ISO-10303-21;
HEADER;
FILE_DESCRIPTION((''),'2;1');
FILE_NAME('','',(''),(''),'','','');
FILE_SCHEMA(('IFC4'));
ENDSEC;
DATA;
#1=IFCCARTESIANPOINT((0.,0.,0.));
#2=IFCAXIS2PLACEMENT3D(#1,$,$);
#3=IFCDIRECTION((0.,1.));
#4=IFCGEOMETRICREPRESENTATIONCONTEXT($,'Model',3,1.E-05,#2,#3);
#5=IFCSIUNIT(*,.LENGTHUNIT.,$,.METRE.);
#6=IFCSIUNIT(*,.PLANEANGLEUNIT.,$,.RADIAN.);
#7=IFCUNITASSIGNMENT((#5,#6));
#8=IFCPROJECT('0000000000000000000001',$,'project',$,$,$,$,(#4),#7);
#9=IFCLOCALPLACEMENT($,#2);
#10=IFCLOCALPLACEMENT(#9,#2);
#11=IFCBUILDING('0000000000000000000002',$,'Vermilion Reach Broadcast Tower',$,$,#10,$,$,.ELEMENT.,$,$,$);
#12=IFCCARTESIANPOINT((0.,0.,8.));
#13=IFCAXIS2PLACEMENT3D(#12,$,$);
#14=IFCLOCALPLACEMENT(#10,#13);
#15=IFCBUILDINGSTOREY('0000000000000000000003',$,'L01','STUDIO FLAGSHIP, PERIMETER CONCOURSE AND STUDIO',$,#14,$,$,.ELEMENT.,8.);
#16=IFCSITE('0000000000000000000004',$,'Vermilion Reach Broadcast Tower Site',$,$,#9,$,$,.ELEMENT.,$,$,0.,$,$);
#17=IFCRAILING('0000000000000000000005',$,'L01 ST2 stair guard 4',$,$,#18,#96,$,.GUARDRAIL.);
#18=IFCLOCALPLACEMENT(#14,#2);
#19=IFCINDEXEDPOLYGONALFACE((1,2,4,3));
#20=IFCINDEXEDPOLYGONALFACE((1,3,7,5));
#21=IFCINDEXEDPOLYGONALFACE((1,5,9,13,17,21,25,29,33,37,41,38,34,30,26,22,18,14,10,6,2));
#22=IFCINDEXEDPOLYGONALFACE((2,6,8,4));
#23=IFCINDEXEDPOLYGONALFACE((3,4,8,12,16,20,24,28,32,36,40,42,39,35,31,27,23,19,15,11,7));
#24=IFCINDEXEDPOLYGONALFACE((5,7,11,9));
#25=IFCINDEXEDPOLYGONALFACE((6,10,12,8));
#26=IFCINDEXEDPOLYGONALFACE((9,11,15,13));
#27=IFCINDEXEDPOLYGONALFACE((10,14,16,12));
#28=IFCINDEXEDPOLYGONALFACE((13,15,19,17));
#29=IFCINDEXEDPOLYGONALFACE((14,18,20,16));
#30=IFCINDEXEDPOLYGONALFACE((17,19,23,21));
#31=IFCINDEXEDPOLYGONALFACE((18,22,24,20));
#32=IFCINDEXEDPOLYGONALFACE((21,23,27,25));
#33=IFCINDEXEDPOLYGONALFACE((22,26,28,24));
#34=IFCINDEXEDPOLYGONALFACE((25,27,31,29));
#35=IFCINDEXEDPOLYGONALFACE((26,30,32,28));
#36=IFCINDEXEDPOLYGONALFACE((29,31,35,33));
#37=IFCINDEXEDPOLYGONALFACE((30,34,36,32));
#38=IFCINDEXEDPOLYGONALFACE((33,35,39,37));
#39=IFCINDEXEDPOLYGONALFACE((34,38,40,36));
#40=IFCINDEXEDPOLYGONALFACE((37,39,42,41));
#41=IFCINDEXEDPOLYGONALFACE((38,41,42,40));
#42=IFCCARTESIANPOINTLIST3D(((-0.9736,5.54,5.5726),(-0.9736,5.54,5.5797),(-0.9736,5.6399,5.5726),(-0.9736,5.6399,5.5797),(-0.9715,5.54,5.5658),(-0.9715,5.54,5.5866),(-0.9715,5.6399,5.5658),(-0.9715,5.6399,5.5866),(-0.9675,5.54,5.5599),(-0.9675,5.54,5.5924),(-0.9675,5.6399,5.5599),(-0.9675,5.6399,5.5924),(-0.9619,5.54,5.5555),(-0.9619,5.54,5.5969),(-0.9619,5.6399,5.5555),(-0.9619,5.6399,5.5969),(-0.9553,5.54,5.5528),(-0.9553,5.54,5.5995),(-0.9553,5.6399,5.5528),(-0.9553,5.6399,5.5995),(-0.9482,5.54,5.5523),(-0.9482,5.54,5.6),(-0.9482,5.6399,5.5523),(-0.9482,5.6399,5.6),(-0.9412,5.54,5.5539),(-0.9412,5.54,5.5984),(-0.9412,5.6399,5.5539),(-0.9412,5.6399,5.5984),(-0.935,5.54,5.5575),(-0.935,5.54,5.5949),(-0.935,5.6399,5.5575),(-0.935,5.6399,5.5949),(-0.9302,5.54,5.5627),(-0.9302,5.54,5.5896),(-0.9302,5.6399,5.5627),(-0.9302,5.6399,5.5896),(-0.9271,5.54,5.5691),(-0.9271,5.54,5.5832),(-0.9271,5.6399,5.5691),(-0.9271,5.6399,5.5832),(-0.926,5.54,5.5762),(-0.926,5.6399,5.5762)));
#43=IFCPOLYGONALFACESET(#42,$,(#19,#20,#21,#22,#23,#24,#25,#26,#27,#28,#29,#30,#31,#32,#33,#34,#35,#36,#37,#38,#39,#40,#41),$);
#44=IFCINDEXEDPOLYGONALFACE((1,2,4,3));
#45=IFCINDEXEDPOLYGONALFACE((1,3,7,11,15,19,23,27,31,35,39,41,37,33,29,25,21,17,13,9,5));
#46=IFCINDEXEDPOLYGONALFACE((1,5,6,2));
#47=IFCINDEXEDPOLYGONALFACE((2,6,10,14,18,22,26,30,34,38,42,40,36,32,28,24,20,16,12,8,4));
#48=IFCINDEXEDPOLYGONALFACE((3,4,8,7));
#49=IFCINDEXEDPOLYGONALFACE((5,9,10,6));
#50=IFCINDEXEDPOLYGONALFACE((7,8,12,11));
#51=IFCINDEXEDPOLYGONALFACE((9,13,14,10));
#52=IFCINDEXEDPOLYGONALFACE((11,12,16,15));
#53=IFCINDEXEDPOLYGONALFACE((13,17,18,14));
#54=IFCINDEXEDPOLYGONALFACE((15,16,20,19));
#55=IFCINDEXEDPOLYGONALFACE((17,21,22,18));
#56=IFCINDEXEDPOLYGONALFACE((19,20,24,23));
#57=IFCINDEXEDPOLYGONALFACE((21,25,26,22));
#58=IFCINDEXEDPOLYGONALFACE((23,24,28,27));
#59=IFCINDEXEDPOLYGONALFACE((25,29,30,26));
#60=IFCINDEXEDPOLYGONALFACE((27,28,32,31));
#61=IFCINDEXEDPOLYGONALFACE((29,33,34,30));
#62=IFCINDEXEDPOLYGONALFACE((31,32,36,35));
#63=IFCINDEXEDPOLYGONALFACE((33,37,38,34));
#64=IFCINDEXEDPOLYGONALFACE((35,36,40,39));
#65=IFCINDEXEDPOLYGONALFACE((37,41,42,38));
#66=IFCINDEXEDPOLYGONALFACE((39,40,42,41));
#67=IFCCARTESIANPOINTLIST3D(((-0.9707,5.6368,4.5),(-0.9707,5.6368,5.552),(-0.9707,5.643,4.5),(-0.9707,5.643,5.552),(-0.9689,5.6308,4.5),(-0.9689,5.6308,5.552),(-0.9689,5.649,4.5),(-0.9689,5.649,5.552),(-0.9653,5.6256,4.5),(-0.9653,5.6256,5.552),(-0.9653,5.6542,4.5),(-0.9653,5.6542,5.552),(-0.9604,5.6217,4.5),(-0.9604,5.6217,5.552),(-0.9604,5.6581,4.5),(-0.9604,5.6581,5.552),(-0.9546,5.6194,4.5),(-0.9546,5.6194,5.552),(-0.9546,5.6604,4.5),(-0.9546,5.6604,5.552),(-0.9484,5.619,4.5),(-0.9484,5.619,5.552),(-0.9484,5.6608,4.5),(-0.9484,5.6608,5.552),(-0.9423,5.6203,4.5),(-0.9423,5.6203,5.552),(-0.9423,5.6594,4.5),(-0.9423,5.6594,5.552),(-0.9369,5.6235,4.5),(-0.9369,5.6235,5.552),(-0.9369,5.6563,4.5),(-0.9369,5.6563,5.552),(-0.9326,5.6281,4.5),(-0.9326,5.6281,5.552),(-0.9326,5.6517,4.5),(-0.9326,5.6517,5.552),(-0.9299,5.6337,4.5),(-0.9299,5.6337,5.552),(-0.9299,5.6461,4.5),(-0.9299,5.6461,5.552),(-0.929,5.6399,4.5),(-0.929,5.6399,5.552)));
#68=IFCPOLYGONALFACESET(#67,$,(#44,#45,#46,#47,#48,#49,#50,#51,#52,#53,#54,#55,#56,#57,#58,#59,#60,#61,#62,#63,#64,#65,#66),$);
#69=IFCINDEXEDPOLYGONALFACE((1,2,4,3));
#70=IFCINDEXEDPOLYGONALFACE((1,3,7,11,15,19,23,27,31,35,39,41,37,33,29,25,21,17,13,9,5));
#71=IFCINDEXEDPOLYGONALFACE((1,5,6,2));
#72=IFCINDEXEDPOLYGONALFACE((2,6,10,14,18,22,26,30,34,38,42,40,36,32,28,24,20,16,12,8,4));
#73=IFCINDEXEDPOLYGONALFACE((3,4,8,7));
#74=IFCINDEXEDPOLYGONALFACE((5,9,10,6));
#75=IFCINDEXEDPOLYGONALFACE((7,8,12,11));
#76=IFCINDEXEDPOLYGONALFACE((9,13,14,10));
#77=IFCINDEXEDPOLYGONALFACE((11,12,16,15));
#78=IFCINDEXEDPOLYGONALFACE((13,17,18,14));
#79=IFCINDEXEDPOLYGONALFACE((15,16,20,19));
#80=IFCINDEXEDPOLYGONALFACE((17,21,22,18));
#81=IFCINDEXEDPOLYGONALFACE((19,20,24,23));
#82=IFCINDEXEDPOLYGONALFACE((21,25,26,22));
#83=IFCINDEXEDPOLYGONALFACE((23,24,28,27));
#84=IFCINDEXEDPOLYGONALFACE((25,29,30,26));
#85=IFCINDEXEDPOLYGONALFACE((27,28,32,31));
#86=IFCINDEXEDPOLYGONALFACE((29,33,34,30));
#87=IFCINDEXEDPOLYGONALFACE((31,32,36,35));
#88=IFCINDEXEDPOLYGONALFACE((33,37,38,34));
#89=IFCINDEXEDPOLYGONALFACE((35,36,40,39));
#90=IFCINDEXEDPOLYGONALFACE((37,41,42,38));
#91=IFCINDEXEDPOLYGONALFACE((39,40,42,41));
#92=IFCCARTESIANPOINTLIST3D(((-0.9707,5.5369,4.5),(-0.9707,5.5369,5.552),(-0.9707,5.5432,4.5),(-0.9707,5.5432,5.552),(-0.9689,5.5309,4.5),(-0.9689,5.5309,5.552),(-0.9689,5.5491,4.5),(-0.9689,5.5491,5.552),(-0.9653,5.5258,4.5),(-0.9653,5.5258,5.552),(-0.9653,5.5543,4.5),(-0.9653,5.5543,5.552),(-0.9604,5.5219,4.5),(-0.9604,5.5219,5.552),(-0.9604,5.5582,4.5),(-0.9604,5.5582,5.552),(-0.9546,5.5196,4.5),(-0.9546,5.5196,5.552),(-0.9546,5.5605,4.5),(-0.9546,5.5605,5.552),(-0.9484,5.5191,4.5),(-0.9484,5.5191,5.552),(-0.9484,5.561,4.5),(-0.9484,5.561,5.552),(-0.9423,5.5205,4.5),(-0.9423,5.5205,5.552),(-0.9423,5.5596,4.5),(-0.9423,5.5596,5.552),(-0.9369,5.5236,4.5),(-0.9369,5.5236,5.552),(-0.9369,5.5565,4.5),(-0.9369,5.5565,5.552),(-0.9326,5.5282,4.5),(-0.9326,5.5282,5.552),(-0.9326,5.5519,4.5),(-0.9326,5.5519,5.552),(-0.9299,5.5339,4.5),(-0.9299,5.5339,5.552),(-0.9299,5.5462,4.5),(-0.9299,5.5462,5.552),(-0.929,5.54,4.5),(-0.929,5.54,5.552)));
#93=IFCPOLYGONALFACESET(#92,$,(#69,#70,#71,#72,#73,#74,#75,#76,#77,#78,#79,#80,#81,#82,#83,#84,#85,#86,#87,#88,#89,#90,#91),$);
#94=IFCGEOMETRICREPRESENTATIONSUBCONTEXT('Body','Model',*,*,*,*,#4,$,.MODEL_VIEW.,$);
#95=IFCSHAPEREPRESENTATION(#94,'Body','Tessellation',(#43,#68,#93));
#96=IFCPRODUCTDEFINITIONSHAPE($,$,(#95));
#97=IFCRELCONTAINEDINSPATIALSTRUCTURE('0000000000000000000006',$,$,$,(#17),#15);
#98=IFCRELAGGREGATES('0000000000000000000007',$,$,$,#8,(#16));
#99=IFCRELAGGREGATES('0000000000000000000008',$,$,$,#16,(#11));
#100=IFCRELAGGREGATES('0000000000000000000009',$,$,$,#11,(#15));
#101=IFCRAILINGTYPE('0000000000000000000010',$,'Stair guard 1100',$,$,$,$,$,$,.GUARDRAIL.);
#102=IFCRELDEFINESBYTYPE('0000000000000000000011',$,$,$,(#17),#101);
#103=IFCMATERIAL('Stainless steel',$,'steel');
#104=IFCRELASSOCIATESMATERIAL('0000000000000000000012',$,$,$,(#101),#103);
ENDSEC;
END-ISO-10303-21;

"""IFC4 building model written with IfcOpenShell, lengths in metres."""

from ifc_helpers import new_model, si_unit, direction, frame, origin, origin_2d, place, context, subcontext, project, spatial, circle, extrude, material, type_object, element, save


model = new_model("IFC4")

# Units and contexts
model_context = context("Model", 3, precision=1e-05, world=origin(), true_north=direction((0.0, 1.0)))
body_context = subcontext(model_context, "Body", "Model", "MODEL_VIEW")
ifc_project = project(units=[si_unit("LENGTHUNIT", "METRE"), si_unit("PLANEANGLEUNIT", "RADIAN")], contexts=[model_context])

# Site, building, storey
site_placement = place(None, origin())
site = spatial("IfcSite", under=ifc_project, at=site_placement, Name="Vermilion Reach Broadcast Tower Site", CompositionType="ELEMENT", RefElevation=0.0)
building_placement = place(site_placement, origin())
building = spatial("IfcBuilding", under=site, at=building_placement, Name="Vermilion Reach Broadcast Tower", CompositionType="ELEMENT")
storey_placement = place(building_placement, frame((0.0, 0.0, 8.0)))
storey = spatial("IfcBuildingStorey", under=building, at=storey_placement, Name="L01", Description="STUDIO FLAGSHIP, PERIMETER CONCOURSE AND STUDIO", CompositionType="ELEMENT", Elevation=8.0)

# Railing
ifc_material_1 = material(Name="Stainless steel", Category="steel")
railing_type_1 = type_object("IfcRailingType", Name="Stair guard 1100", PredefinedType="GUARDRAIL", material=ifc_material_1)
railing_1_placement = place(storey_placement, frame((-0.95, 5.6399, 4.5)))
element("IfcRailing", 1, at=railing_1_placement, inside=storey, type_object=railing_type_1, Name="L01 ST2 stair guard 4", PredefinedType="GUARDRAIL", context=body_context, shape_type="SweptSolid", body=[
    extrude(circle(Radius=0.0239, at=origin_2d()), frame((0.0, 0.0, 1.0762), z_axis=(0.0, -1.0, 0.0), x_axis=(1.0, 0.0, 0.0)), (0.0, 0.0, 1.0), 0.0999),
    extrude(circle(Radius=0.021, at=origin_2d()), origin(), (0.0, 0.0, 1.0), 1.052),
    extrude(circle(Radius=0.021, at=origin_2d()), frame((0.0, -0.0999, 0.0)), (0.0, 0.0, 1.0), 1.052),
])

save(model, "model.ifc")
